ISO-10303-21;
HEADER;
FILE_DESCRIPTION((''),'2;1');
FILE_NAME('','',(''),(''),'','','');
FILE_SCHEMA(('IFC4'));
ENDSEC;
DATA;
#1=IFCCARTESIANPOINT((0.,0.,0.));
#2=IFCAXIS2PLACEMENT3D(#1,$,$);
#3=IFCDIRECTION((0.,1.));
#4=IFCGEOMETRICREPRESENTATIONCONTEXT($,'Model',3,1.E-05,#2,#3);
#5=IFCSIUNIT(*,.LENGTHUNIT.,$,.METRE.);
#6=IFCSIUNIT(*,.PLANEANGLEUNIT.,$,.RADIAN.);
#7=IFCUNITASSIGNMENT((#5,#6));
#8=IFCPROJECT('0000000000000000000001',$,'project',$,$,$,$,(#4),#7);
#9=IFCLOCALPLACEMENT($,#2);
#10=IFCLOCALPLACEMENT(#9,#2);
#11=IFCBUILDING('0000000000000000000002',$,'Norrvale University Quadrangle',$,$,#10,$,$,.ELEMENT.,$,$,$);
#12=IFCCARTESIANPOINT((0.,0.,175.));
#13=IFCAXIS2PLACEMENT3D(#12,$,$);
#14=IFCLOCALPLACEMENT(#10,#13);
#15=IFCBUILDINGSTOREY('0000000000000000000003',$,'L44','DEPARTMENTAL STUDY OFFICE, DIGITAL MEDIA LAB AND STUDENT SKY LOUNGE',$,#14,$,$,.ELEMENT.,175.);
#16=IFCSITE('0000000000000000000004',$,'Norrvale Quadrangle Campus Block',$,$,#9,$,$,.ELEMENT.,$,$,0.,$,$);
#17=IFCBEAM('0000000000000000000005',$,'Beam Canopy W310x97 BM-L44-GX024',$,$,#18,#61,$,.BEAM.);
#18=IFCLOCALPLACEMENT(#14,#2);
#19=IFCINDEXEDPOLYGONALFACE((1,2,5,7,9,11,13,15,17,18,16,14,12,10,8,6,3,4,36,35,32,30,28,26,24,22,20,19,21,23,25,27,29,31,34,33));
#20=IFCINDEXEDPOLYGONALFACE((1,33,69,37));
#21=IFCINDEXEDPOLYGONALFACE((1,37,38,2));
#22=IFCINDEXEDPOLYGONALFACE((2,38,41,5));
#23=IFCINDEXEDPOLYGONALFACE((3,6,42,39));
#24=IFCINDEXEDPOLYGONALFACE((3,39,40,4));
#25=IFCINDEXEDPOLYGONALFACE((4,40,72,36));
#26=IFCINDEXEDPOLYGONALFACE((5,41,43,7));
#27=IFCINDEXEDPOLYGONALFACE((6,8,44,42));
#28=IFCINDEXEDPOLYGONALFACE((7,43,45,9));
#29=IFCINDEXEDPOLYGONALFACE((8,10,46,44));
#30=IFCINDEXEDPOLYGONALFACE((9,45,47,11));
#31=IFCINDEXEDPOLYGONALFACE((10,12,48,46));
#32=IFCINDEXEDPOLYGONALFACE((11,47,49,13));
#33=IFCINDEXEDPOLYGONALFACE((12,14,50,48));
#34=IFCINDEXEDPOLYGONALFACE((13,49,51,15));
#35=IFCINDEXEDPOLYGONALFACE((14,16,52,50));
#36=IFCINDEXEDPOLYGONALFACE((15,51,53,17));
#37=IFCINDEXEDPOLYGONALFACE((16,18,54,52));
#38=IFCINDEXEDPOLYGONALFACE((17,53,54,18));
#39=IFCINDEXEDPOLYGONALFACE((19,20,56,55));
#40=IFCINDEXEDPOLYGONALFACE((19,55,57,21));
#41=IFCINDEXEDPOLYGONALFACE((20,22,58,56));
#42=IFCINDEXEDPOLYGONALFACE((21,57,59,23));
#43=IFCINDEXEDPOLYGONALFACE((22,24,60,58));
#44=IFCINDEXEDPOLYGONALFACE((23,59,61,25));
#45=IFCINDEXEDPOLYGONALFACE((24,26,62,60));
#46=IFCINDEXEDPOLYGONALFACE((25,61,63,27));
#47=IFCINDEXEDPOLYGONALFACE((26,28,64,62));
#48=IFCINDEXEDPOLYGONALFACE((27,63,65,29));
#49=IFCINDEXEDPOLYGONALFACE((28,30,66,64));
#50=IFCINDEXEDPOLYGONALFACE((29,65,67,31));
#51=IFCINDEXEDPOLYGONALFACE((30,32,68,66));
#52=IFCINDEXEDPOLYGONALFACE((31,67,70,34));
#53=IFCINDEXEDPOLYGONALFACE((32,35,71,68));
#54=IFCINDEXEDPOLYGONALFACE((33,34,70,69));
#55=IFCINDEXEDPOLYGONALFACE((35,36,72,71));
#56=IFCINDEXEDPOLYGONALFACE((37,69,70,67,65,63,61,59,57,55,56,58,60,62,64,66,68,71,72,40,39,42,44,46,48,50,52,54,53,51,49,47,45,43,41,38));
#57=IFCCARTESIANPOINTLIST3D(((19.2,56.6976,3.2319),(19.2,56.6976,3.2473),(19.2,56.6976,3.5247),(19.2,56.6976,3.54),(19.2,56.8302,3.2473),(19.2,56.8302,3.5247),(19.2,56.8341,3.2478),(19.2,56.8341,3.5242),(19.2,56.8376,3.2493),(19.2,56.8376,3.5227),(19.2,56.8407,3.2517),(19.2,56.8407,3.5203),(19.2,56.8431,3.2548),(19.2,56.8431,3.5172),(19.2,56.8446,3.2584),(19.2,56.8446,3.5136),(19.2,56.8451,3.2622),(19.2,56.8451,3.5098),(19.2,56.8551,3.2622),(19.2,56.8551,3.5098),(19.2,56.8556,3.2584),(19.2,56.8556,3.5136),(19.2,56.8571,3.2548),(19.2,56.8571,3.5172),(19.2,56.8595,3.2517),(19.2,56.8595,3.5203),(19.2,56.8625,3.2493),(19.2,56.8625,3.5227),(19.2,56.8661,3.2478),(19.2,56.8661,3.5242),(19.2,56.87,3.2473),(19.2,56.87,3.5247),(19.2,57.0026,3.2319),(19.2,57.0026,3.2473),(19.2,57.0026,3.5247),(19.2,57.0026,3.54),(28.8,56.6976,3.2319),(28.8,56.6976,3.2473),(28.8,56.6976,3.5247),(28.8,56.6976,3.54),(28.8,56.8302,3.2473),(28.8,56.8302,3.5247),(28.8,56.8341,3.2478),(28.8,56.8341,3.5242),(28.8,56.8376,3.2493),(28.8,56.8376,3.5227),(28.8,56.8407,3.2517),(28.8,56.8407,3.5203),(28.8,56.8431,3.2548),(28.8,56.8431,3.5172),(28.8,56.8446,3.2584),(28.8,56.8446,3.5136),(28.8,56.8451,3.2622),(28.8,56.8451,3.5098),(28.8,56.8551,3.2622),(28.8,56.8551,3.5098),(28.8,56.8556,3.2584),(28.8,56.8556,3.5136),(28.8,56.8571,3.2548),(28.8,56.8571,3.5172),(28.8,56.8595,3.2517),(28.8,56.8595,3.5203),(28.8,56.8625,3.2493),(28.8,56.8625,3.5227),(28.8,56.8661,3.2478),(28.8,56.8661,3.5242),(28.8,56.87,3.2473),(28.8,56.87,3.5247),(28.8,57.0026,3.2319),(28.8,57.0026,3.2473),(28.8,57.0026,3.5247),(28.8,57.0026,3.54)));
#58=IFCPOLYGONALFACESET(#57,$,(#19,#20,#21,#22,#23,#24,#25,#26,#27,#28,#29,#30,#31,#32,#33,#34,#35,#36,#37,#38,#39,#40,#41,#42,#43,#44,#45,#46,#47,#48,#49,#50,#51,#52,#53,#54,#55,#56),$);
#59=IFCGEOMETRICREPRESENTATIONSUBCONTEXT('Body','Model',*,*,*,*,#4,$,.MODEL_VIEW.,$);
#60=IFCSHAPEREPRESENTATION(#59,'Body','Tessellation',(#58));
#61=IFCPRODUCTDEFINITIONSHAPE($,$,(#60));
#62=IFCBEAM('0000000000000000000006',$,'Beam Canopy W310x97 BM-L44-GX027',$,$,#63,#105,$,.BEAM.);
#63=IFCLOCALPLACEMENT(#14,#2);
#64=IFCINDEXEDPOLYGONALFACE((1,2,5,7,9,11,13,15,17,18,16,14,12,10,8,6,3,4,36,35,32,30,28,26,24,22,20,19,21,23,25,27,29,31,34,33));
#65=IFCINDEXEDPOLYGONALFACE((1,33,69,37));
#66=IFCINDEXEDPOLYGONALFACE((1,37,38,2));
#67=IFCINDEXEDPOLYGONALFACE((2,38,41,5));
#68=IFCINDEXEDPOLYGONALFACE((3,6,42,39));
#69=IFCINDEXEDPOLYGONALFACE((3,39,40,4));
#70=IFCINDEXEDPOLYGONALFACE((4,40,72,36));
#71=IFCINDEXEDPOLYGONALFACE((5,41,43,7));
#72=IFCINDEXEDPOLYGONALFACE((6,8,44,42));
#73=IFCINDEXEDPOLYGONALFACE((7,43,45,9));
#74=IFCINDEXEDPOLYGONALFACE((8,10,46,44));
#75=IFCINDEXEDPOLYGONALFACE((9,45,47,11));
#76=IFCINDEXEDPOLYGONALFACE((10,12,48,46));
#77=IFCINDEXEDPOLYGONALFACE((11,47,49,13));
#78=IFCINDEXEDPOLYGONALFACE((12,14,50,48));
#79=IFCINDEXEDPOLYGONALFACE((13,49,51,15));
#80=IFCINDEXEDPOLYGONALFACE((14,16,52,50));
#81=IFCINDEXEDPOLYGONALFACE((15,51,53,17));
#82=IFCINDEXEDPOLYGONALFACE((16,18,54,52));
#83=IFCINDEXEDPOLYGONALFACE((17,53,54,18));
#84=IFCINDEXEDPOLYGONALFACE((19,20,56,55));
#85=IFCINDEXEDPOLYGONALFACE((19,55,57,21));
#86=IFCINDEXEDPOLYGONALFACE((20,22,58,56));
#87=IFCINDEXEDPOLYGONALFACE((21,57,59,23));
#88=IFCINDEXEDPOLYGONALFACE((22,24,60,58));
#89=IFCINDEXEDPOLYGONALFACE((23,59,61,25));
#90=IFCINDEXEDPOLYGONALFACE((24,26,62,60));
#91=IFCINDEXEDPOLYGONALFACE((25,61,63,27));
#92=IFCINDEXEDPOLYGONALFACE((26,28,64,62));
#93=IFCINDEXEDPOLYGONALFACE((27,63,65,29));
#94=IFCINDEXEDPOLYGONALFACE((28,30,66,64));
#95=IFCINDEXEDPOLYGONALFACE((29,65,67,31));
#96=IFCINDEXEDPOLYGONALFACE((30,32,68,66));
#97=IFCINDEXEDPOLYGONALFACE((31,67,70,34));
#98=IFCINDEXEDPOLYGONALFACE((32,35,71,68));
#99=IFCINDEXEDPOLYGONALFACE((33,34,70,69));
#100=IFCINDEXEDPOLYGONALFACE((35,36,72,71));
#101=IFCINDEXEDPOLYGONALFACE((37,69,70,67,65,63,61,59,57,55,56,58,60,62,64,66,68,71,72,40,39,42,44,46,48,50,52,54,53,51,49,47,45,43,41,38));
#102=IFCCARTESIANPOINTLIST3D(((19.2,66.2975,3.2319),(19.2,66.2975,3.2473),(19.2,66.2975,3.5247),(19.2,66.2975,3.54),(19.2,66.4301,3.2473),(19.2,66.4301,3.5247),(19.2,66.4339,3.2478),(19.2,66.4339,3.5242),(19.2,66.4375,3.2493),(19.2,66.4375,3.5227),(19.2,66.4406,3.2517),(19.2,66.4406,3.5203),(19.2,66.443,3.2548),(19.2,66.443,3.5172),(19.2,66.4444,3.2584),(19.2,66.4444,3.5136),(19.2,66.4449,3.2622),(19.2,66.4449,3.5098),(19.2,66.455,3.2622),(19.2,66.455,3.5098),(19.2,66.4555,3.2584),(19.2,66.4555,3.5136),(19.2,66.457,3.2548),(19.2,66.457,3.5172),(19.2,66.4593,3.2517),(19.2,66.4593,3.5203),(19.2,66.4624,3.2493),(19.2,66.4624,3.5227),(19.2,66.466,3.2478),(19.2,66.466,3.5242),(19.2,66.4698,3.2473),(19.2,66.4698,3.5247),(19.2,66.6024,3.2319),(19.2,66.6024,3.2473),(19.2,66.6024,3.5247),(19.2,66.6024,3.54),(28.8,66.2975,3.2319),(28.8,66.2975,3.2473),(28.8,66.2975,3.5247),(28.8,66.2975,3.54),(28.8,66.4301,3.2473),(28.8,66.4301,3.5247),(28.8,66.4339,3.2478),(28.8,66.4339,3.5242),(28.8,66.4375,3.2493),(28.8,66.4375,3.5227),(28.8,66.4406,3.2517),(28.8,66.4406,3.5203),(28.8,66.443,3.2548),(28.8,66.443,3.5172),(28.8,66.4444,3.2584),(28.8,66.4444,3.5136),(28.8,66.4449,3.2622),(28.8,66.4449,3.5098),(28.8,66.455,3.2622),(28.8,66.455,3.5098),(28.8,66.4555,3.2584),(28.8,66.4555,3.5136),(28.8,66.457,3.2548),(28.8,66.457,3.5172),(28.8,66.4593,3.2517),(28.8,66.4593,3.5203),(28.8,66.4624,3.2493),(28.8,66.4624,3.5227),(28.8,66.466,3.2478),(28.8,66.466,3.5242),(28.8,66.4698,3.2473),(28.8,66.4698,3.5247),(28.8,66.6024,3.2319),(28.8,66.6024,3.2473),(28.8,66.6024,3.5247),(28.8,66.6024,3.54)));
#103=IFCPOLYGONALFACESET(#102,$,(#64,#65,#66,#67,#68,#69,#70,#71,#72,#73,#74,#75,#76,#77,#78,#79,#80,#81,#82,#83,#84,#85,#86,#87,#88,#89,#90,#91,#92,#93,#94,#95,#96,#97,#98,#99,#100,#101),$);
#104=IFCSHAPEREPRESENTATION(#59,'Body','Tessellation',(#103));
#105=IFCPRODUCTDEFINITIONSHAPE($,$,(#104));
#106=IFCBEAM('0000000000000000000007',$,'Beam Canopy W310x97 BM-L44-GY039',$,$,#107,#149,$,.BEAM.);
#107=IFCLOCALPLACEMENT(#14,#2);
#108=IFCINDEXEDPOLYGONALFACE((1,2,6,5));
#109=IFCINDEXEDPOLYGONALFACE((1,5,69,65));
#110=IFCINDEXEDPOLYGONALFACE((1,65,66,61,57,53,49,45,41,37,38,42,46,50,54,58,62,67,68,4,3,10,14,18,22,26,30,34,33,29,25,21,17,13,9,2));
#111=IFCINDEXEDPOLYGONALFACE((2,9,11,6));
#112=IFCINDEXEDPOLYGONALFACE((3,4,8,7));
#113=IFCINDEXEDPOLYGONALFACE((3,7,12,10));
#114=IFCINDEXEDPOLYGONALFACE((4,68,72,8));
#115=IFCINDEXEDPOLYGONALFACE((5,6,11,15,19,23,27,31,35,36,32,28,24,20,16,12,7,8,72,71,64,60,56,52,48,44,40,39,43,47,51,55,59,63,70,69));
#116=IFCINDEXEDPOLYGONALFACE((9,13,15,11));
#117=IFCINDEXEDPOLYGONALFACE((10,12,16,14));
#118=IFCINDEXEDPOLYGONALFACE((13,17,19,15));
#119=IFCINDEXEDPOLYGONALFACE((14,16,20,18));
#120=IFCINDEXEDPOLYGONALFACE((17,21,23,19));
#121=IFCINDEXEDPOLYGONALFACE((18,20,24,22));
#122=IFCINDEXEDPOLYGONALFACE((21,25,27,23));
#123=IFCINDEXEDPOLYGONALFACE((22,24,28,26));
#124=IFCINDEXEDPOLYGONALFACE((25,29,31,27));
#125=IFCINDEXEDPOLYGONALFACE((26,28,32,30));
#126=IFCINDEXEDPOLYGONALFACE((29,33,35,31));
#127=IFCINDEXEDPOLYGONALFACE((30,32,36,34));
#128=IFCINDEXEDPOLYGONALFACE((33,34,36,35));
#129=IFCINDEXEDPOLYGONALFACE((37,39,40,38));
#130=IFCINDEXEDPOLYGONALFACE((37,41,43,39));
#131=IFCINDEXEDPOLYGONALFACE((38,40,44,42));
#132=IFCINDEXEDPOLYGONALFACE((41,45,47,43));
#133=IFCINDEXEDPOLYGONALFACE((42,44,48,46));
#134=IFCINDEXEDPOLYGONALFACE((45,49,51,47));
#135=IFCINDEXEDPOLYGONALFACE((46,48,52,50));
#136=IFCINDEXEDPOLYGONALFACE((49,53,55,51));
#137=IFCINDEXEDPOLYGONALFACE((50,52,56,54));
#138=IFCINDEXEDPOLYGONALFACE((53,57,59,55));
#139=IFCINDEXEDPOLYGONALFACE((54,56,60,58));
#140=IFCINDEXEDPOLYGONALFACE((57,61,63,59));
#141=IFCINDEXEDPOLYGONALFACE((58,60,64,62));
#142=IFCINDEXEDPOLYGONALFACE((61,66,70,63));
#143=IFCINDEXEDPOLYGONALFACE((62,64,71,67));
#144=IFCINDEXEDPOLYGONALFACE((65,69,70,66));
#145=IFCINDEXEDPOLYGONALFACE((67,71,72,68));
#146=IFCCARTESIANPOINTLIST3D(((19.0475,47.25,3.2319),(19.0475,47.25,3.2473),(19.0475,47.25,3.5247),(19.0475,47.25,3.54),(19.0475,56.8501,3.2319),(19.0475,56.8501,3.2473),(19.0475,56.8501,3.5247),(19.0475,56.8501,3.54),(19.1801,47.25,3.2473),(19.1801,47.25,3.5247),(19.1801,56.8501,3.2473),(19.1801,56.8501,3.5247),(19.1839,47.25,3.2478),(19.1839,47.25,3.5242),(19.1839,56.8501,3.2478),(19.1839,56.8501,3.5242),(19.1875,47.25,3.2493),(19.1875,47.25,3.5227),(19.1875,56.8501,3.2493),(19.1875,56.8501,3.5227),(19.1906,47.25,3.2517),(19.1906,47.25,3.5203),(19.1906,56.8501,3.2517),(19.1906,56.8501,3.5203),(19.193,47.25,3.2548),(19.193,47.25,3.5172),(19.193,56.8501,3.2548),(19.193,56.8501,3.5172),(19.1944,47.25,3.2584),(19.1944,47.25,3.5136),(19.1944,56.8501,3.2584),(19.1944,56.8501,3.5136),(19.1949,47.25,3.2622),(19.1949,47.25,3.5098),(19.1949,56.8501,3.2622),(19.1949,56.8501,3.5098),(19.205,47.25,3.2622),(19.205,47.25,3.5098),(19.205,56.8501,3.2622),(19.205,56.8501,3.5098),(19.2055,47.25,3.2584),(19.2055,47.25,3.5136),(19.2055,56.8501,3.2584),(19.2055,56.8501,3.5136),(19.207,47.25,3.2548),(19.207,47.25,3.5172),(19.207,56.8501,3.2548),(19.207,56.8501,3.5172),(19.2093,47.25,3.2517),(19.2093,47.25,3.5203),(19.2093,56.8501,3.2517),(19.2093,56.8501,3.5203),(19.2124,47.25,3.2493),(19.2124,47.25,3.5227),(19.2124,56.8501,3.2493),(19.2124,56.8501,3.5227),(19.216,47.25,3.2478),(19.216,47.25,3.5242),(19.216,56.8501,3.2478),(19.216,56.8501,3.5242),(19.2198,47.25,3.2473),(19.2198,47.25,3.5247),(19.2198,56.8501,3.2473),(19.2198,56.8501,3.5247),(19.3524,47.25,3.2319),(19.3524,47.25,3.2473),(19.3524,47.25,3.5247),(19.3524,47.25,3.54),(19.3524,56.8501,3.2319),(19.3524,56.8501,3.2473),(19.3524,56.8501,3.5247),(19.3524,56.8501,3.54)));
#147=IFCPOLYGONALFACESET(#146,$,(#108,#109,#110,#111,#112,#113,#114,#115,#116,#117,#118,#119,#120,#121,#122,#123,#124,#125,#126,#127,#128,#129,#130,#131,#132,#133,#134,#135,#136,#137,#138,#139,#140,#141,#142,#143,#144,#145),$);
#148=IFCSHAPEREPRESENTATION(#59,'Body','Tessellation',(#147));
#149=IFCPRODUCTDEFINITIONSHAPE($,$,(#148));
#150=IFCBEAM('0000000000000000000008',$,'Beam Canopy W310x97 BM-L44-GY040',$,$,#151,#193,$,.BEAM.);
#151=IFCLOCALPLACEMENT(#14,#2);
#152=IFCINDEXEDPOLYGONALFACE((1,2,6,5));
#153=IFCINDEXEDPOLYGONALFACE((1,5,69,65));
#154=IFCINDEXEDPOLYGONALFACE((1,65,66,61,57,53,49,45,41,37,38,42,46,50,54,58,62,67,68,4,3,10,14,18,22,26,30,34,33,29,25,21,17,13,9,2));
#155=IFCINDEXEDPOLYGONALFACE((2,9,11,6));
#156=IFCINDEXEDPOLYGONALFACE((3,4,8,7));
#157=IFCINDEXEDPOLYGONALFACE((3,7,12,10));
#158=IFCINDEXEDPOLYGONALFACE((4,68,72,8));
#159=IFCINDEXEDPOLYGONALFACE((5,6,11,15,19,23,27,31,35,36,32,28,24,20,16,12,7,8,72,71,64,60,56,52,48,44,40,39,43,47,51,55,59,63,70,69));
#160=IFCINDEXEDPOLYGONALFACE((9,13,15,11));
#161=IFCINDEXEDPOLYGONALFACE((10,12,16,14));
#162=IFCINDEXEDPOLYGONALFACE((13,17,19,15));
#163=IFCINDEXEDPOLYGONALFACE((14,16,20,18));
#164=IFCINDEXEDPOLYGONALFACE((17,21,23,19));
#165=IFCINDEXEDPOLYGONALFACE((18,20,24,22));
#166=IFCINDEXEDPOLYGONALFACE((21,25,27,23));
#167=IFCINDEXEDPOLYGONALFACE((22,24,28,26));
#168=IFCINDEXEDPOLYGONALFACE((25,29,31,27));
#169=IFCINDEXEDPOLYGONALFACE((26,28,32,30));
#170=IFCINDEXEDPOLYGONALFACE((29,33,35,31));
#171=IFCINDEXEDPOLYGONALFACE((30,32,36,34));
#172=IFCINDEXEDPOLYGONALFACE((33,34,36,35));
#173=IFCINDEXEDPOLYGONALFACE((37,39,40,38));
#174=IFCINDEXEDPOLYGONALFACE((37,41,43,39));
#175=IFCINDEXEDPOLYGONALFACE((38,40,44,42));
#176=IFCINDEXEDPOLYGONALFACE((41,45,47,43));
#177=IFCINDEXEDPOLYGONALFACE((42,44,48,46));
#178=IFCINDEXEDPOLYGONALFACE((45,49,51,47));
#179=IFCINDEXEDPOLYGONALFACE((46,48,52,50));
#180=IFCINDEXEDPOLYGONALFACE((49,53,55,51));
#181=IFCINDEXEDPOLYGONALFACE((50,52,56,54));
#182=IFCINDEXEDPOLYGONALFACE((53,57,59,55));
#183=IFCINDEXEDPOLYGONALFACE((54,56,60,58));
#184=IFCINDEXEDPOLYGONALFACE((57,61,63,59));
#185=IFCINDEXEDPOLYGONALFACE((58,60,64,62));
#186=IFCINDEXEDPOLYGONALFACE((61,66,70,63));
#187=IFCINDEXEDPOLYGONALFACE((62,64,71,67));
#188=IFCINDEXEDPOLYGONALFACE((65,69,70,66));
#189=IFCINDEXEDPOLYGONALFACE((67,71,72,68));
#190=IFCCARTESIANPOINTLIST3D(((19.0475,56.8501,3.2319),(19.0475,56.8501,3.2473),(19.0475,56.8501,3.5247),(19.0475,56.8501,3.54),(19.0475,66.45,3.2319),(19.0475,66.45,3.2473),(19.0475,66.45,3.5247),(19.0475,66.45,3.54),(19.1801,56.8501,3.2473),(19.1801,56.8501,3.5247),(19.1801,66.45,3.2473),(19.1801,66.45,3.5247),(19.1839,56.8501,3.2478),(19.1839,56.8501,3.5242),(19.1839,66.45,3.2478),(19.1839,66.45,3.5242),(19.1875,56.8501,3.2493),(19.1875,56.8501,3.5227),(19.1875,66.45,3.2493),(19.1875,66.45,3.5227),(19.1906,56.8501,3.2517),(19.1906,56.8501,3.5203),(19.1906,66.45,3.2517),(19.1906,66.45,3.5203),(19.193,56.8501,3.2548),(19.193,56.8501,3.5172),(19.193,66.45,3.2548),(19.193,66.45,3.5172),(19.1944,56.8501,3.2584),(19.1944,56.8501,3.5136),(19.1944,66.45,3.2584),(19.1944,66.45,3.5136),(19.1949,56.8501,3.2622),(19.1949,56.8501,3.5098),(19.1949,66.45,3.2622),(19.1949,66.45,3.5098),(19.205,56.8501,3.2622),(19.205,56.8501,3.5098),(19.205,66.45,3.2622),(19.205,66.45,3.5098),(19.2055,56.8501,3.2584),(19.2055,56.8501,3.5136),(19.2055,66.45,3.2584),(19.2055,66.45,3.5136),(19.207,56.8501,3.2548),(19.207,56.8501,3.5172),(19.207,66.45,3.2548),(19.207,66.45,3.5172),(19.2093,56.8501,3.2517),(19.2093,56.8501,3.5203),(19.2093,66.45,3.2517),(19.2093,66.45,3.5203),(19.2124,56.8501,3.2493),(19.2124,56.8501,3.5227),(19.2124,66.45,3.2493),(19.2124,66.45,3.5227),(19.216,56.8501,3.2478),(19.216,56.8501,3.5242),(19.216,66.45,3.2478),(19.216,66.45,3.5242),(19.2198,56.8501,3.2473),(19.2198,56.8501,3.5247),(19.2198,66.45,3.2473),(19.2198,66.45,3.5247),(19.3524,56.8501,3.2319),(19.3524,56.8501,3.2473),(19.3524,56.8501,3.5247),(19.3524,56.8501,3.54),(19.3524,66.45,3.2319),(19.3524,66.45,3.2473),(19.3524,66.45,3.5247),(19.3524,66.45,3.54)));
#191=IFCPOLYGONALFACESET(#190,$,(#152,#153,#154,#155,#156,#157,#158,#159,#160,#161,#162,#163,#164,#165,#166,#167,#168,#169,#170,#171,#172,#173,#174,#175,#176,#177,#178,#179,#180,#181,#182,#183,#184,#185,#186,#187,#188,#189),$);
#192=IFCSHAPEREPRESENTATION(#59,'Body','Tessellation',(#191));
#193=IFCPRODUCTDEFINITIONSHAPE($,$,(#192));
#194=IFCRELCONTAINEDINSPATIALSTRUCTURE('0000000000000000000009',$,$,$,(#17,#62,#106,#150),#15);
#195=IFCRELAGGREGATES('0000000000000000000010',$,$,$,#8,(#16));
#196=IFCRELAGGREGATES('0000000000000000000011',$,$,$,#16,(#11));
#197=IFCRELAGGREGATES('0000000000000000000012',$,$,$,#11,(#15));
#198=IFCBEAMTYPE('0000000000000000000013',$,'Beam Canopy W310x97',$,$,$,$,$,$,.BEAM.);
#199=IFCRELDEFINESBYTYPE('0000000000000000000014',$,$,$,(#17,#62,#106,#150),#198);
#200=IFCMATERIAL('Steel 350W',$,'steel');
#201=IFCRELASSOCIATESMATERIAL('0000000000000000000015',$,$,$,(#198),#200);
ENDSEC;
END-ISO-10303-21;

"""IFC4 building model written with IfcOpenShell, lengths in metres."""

from ifc_helpers import new_model, si_unit, direction, frame, origin, origin_2d, place, context, subcontext, project, spatial, i_section, extrude, material, material_profile, profile_set, type_object, element, save


model = new_model("IFC4")

# Units and contexts
model_context = context("Model", 3, precision=1e-05, world=origin(), true_north=direction((0.0, 1.0)))
body_context = subcontext(model_context, "Body", "Model", "MODEL_VIEW")
ifc_project = project(units=[si_unit("LENGTHUNIT", "METRE"), si_unit("PLANEANGLEUNIT", "RADIAN")], contexts=[model_context])

# Site, building, storey
site_placement = place(None, origin())
site = spatial("IfcSite", under=ifc_project, at=site_placement, Name="Norrvale Quadrangle Campus Block", CompositionType="ELEMENT", RefElevation=0.0)
building_placement = place(site_placement, origin())
building = spatial("IfcBuilding", under=site, at=building_placement, Name="Norrvale University Quadrangle", CompositionType="ELEMENT")
storey_placement = place(building_placement, frame((0.0, 0.0, 175.0)))
storey = spatial("IfcBuildingStorey", under=building, at=storey_placement, Name="L44", Description="DEPARTMENTAL STUDY OFFICE, DIGITAL MEDIA LAB AND STUDENT SKY LOUNGE", CompositionType="ELEMENT", Elevation=175.0)

# Beams
ifc_material_1 = material(Name="Steel 350W", Category="steel")
ifc_material_profile_1 = material_profile(ifc_material_1, i_section(OverallWidth=0.3049, OverallDepth=0.3081, WebThickness=0.01, FlangeThickness=0.0154, FilletRadius=0.0149, at=origin_2d()), Name="Steel 350W")
ifc_profile_set_1 = profile_set([ifc_material_profile_1], Name="Steel 350W")
beam_type_1 = type_object("IfcBeamType", Name="Beam Canopy W310x97", PredefinedType="BEAM", material=ifc_profile_set_1)
for number, where, z_axis, x_axis, name in (
    (1, (19.2, 56.8501, 3.386), (1.0, 0.0, 0.0), (0.0, 1.0, 0.0), "Beam Canopy W310x97 BM-L44-GX024"),
    (2, (19.2, 66.45, 3.386), (1.0, 0.0, 0.0), (0.0, 1.0, 0.0), "Beam Canopy W310x97 BM-L44-GX027"),
    (3, (19.2, 47.25, 3.386), (0.0, 1.0, 0.0), (-1.0, 0.0, 0.0), "Beam Canopy W310x97 BM-L44-GY039"),
):
    element("IfcBeam", number, at=place(storey_placement, frame(where, z_axis=z_axis, x_axis=x_axis)), inside=storey, type_object=beam_type_1, Name=name, PredefinedType="BEAM", context=body_context, shape_type="SweptSolid", body=[
        extrude(i_section(OverallWidth=0.3049, OverallDepth=0.3081, WebThickness=0.01, FlangeThickness=0.0154, FilletRadius=0.0149, at=origin_2d()), origin(), (0.0, 0.0, 1.0), 9.6001),
    ])
beam_1_placement = place(storey_placement, frame((19.2, 56.8501, 3.386), z_axis=(0.0, 1.0, 0.0), x_axis=(-1.0, 0.0, 0.0)))
element("IfcBeam", 4, at=beam_1_placement, inside=storey, type_object=beam_type_1, Name="Beam Canopy W310x97 BM-L44-GY040", PredefinedType="BEAM", context=body_context, shape_type="SweptSolid", body=[
    extrude(i_section(OverallWidth=0.3049, OverallDepth=0.3081, WebThickness=0.01, FlangeThickness=0.0154, FilletRadius=0.0149, at=origin_2d()), origin(), (0.0, 0.0, 1.0), 9.5999),
])

save(model, "model.ifc")
